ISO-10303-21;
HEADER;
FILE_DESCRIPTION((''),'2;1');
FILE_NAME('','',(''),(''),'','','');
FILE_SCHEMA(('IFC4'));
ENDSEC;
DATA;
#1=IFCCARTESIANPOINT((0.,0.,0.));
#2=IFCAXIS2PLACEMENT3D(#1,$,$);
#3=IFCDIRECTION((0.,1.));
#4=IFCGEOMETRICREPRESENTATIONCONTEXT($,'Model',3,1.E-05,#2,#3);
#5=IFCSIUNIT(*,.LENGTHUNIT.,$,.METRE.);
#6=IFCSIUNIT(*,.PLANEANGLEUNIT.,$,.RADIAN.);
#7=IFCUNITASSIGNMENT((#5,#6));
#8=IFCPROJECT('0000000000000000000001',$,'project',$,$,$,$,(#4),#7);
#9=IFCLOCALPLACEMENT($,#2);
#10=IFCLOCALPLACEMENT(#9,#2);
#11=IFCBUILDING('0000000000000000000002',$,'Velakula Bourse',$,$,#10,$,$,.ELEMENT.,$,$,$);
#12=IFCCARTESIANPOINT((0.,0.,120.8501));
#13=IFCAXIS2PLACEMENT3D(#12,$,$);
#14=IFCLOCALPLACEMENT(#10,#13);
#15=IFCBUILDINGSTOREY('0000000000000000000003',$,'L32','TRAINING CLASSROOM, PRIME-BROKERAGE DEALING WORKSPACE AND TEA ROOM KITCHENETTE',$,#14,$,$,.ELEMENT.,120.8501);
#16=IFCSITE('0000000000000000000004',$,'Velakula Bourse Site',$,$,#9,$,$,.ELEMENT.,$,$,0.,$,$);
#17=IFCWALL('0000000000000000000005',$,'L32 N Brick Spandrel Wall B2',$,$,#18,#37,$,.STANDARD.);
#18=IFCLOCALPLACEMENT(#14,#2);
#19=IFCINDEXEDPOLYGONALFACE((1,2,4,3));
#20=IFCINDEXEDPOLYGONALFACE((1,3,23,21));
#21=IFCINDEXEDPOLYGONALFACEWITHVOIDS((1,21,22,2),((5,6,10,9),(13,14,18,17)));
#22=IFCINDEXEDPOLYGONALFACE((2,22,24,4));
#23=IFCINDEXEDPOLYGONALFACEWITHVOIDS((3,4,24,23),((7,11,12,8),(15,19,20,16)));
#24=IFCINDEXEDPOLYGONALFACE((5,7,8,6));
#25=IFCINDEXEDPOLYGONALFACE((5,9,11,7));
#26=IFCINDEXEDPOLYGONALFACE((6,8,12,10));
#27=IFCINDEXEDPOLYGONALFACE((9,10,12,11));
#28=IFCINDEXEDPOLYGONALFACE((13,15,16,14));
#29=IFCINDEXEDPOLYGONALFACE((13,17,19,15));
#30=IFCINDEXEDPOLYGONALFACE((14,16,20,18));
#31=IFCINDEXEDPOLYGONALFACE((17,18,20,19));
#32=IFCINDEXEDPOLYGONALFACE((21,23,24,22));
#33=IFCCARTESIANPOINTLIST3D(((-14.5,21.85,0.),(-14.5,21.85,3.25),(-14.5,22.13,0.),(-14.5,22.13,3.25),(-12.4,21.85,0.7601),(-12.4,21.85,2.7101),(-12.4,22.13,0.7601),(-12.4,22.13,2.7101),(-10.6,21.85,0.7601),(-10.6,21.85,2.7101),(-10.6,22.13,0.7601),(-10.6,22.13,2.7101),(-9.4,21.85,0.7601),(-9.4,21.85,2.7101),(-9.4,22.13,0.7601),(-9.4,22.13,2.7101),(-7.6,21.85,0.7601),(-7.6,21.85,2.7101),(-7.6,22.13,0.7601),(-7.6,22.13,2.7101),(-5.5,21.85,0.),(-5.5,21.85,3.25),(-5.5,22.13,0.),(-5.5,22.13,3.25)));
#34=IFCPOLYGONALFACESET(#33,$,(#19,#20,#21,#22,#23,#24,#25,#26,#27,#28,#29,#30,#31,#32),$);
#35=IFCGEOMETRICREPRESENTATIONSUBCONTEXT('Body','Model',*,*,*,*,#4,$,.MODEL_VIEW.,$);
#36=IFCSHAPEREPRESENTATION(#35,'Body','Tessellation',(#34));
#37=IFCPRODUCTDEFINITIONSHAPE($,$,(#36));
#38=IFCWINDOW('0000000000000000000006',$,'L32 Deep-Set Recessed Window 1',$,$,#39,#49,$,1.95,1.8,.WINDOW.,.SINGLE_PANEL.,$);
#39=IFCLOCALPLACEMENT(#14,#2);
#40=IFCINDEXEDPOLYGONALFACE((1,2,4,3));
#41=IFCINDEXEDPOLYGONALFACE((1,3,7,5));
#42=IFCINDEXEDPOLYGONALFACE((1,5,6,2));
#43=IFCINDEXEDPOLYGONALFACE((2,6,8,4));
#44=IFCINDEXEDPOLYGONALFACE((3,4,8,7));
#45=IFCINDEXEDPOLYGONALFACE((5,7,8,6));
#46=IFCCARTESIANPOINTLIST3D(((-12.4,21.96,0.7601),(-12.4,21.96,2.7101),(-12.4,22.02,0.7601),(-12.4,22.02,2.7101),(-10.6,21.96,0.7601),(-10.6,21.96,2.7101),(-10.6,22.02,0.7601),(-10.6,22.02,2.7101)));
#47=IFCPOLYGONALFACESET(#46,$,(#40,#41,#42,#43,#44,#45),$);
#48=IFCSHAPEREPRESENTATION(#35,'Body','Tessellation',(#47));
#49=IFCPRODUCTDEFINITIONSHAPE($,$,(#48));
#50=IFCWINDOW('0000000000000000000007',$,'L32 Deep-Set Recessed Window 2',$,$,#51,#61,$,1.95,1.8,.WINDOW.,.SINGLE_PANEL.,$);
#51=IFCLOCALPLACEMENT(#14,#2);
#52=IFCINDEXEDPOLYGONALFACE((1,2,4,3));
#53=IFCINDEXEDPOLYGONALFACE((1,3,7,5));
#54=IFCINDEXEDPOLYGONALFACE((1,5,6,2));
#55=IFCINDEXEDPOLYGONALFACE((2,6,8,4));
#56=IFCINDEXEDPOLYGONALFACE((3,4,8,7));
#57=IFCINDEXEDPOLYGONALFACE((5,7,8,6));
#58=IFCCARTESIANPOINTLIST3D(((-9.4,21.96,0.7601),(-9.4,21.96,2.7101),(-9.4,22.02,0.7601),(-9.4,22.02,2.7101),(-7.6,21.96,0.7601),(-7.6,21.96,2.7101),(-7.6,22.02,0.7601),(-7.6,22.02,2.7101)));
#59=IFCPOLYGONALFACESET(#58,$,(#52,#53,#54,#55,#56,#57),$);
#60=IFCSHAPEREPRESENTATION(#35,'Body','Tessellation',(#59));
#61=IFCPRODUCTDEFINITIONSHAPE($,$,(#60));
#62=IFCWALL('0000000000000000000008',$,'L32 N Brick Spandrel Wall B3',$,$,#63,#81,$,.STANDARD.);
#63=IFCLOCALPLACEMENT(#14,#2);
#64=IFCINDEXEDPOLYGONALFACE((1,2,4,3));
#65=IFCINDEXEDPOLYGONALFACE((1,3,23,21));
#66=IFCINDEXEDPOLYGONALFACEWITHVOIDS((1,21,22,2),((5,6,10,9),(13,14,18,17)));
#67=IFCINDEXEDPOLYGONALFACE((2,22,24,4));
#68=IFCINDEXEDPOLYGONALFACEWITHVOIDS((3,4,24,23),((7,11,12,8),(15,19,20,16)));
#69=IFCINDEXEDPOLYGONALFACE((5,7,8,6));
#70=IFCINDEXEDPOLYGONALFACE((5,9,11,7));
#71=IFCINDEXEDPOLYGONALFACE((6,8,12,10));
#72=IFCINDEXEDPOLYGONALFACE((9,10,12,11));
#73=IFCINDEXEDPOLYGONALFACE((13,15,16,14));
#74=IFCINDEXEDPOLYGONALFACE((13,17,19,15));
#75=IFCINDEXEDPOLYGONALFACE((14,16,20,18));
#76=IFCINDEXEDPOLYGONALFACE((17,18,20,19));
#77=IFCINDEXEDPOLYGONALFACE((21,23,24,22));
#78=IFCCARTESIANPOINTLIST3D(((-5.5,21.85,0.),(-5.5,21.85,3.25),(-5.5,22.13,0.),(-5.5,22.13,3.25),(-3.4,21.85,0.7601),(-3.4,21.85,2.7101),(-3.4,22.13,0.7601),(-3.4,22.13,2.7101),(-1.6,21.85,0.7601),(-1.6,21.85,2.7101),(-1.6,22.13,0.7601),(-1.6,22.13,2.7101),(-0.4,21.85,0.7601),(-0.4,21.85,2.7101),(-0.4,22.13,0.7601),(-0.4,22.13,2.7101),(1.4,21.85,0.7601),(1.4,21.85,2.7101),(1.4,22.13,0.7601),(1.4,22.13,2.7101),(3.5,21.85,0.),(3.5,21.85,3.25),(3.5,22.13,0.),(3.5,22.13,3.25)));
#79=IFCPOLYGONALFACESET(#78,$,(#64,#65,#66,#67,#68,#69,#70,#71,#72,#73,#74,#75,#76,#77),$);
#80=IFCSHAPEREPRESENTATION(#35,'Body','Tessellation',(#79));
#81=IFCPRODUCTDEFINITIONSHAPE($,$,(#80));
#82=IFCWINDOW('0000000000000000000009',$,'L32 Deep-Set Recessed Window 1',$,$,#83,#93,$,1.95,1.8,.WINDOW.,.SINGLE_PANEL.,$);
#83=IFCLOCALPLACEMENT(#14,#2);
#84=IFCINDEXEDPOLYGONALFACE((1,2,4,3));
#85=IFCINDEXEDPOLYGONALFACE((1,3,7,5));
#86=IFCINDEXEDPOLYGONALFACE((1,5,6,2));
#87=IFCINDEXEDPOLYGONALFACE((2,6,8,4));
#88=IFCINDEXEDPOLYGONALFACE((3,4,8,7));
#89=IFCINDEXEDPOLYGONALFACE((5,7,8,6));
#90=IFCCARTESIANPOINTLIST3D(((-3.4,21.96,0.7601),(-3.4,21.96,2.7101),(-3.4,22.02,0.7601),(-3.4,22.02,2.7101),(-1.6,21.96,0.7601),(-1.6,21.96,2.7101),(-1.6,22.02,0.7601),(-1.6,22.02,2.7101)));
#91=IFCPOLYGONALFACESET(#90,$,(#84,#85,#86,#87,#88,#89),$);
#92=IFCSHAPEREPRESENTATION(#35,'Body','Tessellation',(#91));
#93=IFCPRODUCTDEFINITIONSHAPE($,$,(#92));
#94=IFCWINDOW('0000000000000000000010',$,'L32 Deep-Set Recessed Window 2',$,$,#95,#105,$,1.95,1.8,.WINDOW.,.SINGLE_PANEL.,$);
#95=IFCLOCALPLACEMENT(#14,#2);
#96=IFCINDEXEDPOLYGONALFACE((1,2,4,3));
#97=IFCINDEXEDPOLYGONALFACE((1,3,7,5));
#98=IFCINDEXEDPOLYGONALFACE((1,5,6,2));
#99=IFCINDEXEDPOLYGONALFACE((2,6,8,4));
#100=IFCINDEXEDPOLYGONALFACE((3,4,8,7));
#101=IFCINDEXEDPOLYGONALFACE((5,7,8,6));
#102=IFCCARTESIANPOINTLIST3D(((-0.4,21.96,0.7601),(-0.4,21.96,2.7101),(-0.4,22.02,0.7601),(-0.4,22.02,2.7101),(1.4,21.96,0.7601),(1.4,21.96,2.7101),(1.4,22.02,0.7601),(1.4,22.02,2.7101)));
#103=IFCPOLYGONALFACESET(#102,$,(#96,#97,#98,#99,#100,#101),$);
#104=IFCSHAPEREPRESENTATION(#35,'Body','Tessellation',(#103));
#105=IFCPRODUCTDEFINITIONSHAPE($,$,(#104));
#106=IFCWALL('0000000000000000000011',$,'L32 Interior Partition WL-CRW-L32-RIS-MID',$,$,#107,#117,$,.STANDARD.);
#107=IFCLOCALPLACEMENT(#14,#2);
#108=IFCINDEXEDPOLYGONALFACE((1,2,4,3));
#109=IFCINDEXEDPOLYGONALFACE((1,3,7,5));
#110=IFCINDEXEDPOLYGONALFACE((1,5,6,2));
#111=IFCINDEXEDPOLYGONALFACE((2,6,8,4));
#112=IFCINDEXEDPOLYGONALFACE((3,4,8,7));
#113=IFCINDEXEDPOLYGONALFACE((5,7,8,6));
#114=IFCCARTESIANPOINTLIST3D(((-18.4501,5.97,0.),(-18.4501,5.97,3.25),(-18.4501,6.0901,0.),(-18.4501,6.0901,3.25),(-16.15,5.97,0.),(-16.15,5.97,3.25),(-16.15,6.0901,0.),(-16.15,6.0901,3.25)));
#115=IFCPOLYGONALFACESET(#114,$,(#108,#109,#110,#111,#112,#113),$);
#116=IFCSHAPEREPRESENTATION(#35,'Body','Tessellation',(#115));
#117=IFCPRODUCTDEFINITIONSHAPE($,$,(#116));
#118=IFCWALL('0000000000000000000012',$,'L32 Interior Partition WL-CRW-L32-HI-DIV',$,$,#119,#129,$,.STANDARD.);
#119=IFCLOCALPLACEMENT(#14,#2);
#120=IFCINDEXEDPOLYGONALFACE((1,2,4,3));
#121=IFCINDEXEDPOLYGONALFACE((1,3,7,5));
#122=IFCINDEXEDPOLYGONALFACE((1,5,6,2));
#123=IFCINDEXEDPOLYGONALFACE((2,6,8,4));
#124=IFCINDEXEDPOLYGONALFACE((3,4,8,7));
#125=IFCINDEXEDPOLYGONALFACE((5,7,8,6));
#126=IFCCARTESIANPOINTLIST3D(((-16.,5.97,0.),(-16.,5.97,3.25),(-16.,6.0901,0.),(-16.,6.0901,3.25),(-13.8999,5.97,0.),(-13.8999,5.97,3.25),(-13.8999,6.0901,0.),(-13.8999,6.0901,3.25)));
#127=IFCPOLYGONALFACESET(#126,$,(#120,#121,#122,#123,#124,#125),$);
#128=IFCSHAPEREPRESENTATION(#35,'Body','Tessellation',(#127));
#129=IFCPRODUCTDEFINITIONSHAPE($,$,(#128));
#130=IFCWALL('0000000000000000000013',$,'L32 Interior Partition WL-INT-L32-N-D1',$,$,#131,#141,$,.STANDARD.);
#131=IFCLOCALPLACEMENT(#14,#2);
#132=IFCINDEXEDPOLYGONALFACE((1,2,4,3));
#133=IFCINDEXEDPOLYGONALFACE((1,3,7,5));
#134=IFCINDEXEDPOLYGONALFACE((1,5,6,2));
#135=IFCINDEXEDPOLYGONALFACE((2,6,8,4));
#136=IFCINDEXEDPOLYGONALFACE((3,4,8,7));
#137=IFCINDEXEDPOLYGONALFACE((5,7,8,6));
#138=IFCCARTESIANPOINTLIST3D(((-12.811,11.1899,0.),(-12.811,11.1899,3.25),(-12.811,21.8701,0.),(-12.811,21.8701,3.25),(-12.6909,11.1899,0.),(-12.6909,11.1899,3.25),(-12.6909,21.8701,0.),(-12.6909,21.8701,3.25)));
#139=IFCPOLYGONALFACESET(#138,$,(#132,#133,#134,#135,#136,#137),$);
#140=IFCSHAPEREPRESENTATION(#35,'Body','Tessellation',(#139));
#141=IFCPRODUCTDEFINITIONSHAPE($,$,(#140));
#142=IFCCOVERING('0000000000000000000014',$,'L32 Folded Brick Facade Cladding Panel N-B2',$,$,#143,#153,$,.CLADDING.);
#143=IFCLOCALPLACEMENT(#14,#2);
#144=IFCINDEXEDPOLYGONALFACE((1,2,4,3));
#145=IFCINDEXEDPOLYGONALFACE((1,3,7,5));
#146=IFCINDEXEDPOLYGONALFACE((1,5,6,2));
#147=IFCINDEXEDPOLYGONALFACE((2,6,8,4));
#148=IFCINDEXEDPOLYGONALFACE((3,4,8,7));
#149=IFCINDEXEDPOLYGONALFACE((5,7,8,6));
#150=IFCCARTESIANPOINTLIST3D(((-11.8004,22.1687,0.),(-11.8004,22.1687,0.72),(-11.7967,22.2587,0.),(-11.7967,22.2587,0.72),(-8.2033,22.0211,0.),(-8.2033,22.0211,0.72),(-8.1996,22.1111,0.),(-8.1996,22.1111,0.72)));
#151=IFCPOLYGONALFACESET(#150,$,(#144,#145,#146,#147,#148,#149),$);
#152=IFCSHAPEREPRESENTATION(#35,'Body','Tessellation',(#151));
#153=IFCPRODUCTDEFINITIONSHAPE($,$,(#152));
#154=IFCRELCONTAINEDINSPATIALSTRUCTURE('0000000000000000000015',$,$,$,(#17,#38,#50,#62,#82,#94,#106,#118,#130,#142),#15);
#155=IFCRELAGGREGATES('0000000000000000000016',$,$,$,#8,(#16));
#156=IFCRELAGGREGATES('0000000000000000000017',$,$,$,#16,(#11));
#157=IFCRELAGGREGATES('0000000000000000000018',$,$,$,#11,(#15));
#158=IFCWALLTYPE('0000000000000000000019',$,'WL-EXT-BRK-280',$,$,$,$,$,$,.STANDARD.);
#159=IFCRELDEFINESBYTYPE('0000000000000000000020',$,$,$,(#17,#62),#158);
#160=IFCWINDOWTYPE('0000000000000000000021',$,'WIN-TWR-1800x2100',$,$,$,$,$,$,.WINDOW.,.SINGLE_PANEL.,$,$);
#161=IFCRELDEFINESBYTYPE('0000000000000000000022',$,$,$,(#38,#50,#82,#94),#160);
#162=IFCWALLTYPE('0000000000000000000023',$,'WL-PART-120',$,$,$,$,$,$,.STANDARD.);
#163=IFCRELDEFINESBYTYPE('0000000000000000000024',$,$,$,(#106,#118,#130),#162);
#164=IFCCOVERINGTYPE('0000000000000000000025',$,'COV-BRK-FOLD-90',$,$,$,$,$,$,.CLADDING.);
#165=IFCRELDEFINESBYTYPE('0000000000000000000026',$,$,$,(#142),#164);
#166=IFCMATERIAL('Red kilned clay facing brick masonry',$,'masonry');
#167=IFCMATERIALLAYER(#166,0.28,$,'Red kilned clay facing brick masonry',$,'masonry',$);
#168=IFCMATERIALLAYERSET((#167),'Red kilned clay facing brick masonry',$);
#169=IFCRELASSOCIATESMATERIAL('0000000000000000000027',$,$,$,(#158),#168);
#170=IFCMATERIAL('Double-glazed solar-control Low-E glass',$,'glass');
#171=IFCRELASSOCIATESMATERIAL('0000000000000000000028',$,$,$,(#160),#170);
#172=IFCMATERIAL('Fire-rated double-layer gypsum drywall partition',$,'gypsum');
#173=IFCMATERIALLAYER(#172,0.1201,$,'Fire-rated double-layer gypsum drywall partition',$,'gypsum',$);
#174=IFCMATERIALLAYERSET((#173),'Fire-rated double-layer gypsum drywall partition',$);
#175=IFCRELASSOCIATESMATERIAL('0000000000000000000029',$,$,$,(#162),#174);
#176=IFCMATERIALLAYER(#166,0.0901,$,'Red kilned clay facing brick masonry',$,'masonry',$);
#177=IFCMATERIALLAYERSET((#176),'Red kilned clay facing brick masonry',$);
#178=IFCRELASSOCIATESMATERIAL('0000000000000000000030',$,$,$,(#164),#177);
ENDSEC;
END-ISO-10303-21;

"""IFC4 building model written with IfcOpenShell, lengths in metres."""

from ifc_helpers import new_model, si_unit, direction, frame, frame_2d, origin, origin_2d, place, context, subcontext, project, spatial, rectangle, extrude, material, layer, layer_set, type_object, element, fill, save


model = new_model("IFC4")

# Units and contexts
model_context = context("Model", 3, precision=1e-05, world=origin(), true_north=direction((0.0, 1.0)))
body_context = subcontext(model_context, "Body", "Model", "MODEL_VIEW")
ifc_project = project(units=[si_unit("LENGTHUNIT", "METRE"), si_unit("PLANEANGLEUNIT", "RADIAN")], contexts=[model_context])

# Site, building, storey
site_placement = place(None, origin())
site = spatial("IfcSite", under=ifc_project, at=site_placement, Name="Velakula Bourse Site", CompositionType="ELEMENT", RefElevation=0.0)
building_placement = place(site_placement, origin())
building = spatial("IfcBuilding", under=site, at=building_placement, Name="Velakula Bourse", CompositionType="ELEMENT")
storey_placement = place(building_placement, frame((0.0, 0.0, 120.8501)))
storey = spatial("IfcBuildingStorey", under=building, at=storey_placement, Name="L32", Description="TRAINING CLASSROOM, PRIME-BROKERAGE DEALING WORKSPACE AND TEA ROOM KITCHENETTE", CompositionType="ELEMENT", Elevation=120.8501)

# Walls, openings, windows
ifc_material_1 = material(Name="Red kilned clay facing brick masonry", Category="masonry")
ifc_layer_1 = layer(ifc_material_1, 0.28, Name="Red kilned clay facing brick masonry", Category="masonry")
ifc_layer_set_1 = layer_set([ifc_layer_1], Name="Red kilned clay facing brick masonry")
wall_type_1 = type_object("IfcWallType", Name="WL-EXT-BRK-280", PredefinedType="STANDARD", material=ifc_layer_set_1)
wall_1_placement = place(storey_placement, frame((-14.5, 21.99, 0.0), z_axis=(0.0, 0.0, 1.0), x_axis=(1.0, 0.0, 0.0)))
wall_1 = element("IfcWall", 1, at=wall_1_placement, inside=storey, type_object=wall_type_1, Name="L32 N Brick Spandrel Wall B2", PredefinedType="STANDARD", context=body_context, shape_type="SweptSolid", body=[
    extrude(rectangle(XDim=9.0, YDim=0.28, at=frame_2d((4.5, 0.0))), origin(), (0.0, 0.0, 1.0), 3.25),
])
opening_1_placement = place(wall_1_placement, frame((2.1001, 0.0, 0.76)))
opening_1 = element("IfcOpeningElement", 2, at=opening_1_placement, cuts=wall_1, PredefinedType="OPENING", context=body_context, shape_type="SweptSolid", body=[
    extrude(rectangle(XDim=1.8, YDim=1.95, at=frame_2d((0.8999, 0.9751))), frame((0.0, 0.1499, 0.0), z_axis=(0.0, -1.0, 0.0), x_axis=(1.0, 0.0, 0.0)), (0.0, 0.0, 1.0), 0.3),
])
opening_2_placement = place(wall_1_placement, frame((5.1001, 0.0, 0.76)))
opening_2 = element("IfcOpeningElement", 3, at=opening_2_placement, cuts=wall_1, PredefinedType="OPENING", context=body_context, shape_type="SweptSolid", body=[
    extrude(rectangle(XDim=1.8, YDim=1.95, at=frame_2d((0.8999, 0.9751))), frame((0.0, 0.1499, 0.0), z_axis=(0.0, -1.0, 0.0), x_axis=(1.0, 0.0, 0.0)), (0.0, 0.0, 1.0), 0.3),
])
ifc_material_2 = material(Name="Double-glazed solar-control Low-E glass", Category="glass")
window_type = type_object("IfcWindowType", Name="WIN-TWR-1800x2100", PartitioningType="SINGLE_PANEL", PredefinedType="WINDOW", material=ifc_material_2)
window_1_placement = place(opening_1_placement, origin())
window_1 = element("IfcWindow", 4, at=window_1_placement, inside=storey, type_object=window_type, Name="L32 Deep-Set Recessed Window 1", OverallHeight=1.95, OverallWidth=1.8, PartitioningType="SINGLE_PANEL", PredefinedType="WINDOW", context=body_context, shape_type="SweptSolid", body=[
    extrude(rectangle(XDim=1.8, YDim=1.95, at=frame_2d((0.8999, 0.9751))), frame((0.0, 0.03, 0.0), z_axis=(0.0, -1.0, 0.0), x_axis=(1.0, 0.0, 0.0)), (0.0, 0.0, 1.0), 0.0601),
])
fill(opening_1, window_1)
window_2_placement = place(opening_2_placement, origin())
window_2 = element("IfcWindow", 5, at=window_2_placement, inside=storey, type_object=window_type, Name="L32 Deep-Set Recessed Window 2", OverallHeight=1.95, OverallWidth=1.8, PartitioningType="SINGLE_PANEL", PredefinedType="WINDOW", context=body_context, shape_type="SweptSolid", body=[
    extrude(rectangle(XDim=1.8, YDim=1.95, at=frame_2d((0.8999, 0.9751))), frame((0.0, 0.03, 0.0), z_axis=(0.0, -1.0, 0.0), x_axis=(1.0, 0.0, 0.0)), (0.0, 0.0, 1.0), 0.0601),
])
fill(opening_2, window_2)
wall_2_placement = place(storey_placement, frame((-5.5, 21.99, 0.0), z_axis=(0.0, 0.0, 1.0), x_axis=(1.0, 0.0, 0.0)))
wall_2 = element("IfcWall", 6, at=wall_2_placement, inside=storey, type_object=wall_type_1, Name="L32 N Brick Spandrel Wall B3", PredefinedType="STANDARD", context=body_context, shape_type="SweptSolid", body=[
    extrude(rectangle(XDim=9.0, YDim=0.28, at=frame_2d((4.5, 0.0))), origin(), (0.0, 0.0, 1.0), 3.25),
])
opening_3_placement = place(wall_2_placement, frame((2.1001, 0.0, 0.76)))
opening_3 = element("IfcOpeningElement", 7, at=opening_3_placement, cuts=wall_2, PredefinedType="OPENING", context=body_context, shape_type="SweptSolid", body=[
    extrude(rectangle(XDim=1.8, YDim=1.95, at=frame_2d((0.8999, 0.9751))), frame((0.0, 0.1499, 0.0), z_axis=(0.0, -1.0, 0.0), x_axis=(1.0, 0.0, 0.0)), (0.0, 0.0, 1.0), 0.3),
])
opening_4_placement = place(wall_2_placement, frame((5.1001, 0.0, 0.76)))
opening_4 = element("IfcOpeningElement", 8, at=opening_4_placement, cuts=wall_2, PredefinedType="OPENING", context=body_context, shape_type="SweptSolid", body=[
    extrude(rectangle(XDim=1.8, YDim=1.95, at=frame_2d((0.8999, 0.9751))), frame((0.0, 0.1499, 0.0), z_axis=(0.0, -1.0, 0.0), x_axis=(1.0, 0.0, 0.0)), (0.0, 0.0, 1.0), 0.3),
])
window_3_placement = place(opening_3_placement, origin())
window_3 = element("IfcWindow", 9, at=window_3_placement, inside=storey, type_object=window_type, Name="L32 Deep-Set Recessed Window 1", OverallHeight=1.95, OverallWidth=1.8, PartitioningType="SINGLE_PANEL", PredefinedType="WINDOW", context=body_context, shape_type="SweptSolid", body=[
    extrude(rectangle(XDim=1.8, YDim=1.95, at=frame_2d((0.8999, 0.9751))), frame((0.0, 0.03, 0.0), z_axis=(0.0, -1.0, 0.0), x_axis=(1.0, 0.0, 0.0)), (0.0, 0.0, 1.0), 0.0601),
])
fill(opening_3, window_3)
window_4_placement = place(opening_4_placement, origin())
window_4 = element("IfcWindow", 10, at=window_4_placement, inside=storey, type_object=window_type, Name="L32 Deep-Set Recessed Window 2", OverallHeight=1.95, OverallWidth=1.8, PartitioningType="SINGLE_PANEL", PredefinedType="WINDOW", context=body_context, shape_type="SweptSolid", body=[
    extrude(rectangle(XDim=1.8, YDim=1.95, at=frame_2d((0.8999, 0.9751))), frame((0.0, 0.03, 0.0), z_axis=(0.0, -1.0, 0.0), x_axis=(1.0, 0.0, 0.0)), (0.0, 0.0, 1.0), 0.0601),
])
fill(opening_4, window_4)

# Walls
ifc_material_3 = material(Name="Fire-rated double-layer gypsum drywall partition", Category="gypsum")
ifc_layer_2 = layer(ifc_material_3, 0.1201, Name="Fire-rated double-layer gypsum drywall partition", Category="gypsum")
ifc_layer_set_2 = layer_set([ifc_layer_2], Name="Fire-rated double-layer gypsum drywall partition")
wall_type_2 = type_object("IfcWallType", Name="WL-PART-120", PredefinedType="STANDARD", material=ifc_layer_set_2)
wall_3_placement = place(storey_placement, frame((-18.45, 6.03, 0.0), z_axis=(0.0, 0.0, 1.0), x_axis=(1.0, 0.0, 0.0)))
element("IfcWall", 11, at=wall_3_placement, inside=storey, type_object=wall_type_2, Name="L32 Interior Partition WL-CRW-L32-RIS-MID", PredefinedType="STANDARD", context=body_context, shape_type="SweptSolid", body=[
    extrude(rectangle(XDim=2.3, YDim=0.1201, at=frame_2d((1.1499, 0.0))), origin(), (0.0, 0.0, 1.0), 3.25),
])
wall_4_placement = place(storey_placement, frame((-16.0, 6.03, 0.0), z_axis=(0.0, 0.0, 1.0), x_axis=(1.0, 0.0, 0.0)))
element("IfcWall", 12, at=wall_4_placement, inside=storey, type_object=wall_type_2, Name="L32 Interior Partition WL-CRW-L32-HI-DIV", PredefinedType="STANDARD", context=body_context, shape_type="SweptSolid", body=[
    extrude(rectangle(XDim=2.1001, YDim=0.1201, at=frame_2d((1.05, 0.0))), origin(), (0.0, 0.0, 1.0), 3.25),
])
wall_5_placement = place(storey_placement, frame((-12.751, 11.1899, 0.0), z_axis=(0.0, 0.0, 1.0), x_axis=(0.0, 1.0, 0.0)))
element("IfcWall", 13, at=wall_5_placement, inside=storey, type_object=wall_type_2, Name="L32 Interior Partition WL-INT-L32-N-D1", PredefinedType="STANDARD", context=body_context, shape_type="SweptSolid", body=[
    extrude(rectangle(XDim=10.6802, YDim=0.1201, at=frame_2d((5.3401, 0.0))), origin(), (0.0, 0.0, 1.0), 3.25),
])

# Covering
ifc_layer_3 = layer(ifc_material_1, 0.0901, Name="Red kilned clay facing brick masonry", Category="masonry")
ifc_layer_set_3 = layer_set([ifc_layer_3], Name="Red kilned clay facing brick masonry")
covering_type = type_object("IfcCoveringType", Name="COV-BRK-FOLD-90", PredefinedType="CLADDING", material=ifc_layer_set_3)
covering_placement = place(storey_placement, frame((-10.0, 22.1399, 0.0), z_axis=(0.0, 0.0, 1.0), x_axis=(0.999159, -0.041004, 0.0)))
element("IfcCovering", 14, at=covering_placement, inside=storey, type_object=covering_type, Name="L32 Folded Brick Facade Cladding Panel N-B2", PredefinedType="CLADDING", context=body_context, shape_type="SweptSolid", body=[
    extrude(rectangle(XDim=3.6001, YDim=0.0901, at=origin_2d()), origin(), (0.0, 0.0, 1.0), 0.72),
])

save(model, "model.ifc")
